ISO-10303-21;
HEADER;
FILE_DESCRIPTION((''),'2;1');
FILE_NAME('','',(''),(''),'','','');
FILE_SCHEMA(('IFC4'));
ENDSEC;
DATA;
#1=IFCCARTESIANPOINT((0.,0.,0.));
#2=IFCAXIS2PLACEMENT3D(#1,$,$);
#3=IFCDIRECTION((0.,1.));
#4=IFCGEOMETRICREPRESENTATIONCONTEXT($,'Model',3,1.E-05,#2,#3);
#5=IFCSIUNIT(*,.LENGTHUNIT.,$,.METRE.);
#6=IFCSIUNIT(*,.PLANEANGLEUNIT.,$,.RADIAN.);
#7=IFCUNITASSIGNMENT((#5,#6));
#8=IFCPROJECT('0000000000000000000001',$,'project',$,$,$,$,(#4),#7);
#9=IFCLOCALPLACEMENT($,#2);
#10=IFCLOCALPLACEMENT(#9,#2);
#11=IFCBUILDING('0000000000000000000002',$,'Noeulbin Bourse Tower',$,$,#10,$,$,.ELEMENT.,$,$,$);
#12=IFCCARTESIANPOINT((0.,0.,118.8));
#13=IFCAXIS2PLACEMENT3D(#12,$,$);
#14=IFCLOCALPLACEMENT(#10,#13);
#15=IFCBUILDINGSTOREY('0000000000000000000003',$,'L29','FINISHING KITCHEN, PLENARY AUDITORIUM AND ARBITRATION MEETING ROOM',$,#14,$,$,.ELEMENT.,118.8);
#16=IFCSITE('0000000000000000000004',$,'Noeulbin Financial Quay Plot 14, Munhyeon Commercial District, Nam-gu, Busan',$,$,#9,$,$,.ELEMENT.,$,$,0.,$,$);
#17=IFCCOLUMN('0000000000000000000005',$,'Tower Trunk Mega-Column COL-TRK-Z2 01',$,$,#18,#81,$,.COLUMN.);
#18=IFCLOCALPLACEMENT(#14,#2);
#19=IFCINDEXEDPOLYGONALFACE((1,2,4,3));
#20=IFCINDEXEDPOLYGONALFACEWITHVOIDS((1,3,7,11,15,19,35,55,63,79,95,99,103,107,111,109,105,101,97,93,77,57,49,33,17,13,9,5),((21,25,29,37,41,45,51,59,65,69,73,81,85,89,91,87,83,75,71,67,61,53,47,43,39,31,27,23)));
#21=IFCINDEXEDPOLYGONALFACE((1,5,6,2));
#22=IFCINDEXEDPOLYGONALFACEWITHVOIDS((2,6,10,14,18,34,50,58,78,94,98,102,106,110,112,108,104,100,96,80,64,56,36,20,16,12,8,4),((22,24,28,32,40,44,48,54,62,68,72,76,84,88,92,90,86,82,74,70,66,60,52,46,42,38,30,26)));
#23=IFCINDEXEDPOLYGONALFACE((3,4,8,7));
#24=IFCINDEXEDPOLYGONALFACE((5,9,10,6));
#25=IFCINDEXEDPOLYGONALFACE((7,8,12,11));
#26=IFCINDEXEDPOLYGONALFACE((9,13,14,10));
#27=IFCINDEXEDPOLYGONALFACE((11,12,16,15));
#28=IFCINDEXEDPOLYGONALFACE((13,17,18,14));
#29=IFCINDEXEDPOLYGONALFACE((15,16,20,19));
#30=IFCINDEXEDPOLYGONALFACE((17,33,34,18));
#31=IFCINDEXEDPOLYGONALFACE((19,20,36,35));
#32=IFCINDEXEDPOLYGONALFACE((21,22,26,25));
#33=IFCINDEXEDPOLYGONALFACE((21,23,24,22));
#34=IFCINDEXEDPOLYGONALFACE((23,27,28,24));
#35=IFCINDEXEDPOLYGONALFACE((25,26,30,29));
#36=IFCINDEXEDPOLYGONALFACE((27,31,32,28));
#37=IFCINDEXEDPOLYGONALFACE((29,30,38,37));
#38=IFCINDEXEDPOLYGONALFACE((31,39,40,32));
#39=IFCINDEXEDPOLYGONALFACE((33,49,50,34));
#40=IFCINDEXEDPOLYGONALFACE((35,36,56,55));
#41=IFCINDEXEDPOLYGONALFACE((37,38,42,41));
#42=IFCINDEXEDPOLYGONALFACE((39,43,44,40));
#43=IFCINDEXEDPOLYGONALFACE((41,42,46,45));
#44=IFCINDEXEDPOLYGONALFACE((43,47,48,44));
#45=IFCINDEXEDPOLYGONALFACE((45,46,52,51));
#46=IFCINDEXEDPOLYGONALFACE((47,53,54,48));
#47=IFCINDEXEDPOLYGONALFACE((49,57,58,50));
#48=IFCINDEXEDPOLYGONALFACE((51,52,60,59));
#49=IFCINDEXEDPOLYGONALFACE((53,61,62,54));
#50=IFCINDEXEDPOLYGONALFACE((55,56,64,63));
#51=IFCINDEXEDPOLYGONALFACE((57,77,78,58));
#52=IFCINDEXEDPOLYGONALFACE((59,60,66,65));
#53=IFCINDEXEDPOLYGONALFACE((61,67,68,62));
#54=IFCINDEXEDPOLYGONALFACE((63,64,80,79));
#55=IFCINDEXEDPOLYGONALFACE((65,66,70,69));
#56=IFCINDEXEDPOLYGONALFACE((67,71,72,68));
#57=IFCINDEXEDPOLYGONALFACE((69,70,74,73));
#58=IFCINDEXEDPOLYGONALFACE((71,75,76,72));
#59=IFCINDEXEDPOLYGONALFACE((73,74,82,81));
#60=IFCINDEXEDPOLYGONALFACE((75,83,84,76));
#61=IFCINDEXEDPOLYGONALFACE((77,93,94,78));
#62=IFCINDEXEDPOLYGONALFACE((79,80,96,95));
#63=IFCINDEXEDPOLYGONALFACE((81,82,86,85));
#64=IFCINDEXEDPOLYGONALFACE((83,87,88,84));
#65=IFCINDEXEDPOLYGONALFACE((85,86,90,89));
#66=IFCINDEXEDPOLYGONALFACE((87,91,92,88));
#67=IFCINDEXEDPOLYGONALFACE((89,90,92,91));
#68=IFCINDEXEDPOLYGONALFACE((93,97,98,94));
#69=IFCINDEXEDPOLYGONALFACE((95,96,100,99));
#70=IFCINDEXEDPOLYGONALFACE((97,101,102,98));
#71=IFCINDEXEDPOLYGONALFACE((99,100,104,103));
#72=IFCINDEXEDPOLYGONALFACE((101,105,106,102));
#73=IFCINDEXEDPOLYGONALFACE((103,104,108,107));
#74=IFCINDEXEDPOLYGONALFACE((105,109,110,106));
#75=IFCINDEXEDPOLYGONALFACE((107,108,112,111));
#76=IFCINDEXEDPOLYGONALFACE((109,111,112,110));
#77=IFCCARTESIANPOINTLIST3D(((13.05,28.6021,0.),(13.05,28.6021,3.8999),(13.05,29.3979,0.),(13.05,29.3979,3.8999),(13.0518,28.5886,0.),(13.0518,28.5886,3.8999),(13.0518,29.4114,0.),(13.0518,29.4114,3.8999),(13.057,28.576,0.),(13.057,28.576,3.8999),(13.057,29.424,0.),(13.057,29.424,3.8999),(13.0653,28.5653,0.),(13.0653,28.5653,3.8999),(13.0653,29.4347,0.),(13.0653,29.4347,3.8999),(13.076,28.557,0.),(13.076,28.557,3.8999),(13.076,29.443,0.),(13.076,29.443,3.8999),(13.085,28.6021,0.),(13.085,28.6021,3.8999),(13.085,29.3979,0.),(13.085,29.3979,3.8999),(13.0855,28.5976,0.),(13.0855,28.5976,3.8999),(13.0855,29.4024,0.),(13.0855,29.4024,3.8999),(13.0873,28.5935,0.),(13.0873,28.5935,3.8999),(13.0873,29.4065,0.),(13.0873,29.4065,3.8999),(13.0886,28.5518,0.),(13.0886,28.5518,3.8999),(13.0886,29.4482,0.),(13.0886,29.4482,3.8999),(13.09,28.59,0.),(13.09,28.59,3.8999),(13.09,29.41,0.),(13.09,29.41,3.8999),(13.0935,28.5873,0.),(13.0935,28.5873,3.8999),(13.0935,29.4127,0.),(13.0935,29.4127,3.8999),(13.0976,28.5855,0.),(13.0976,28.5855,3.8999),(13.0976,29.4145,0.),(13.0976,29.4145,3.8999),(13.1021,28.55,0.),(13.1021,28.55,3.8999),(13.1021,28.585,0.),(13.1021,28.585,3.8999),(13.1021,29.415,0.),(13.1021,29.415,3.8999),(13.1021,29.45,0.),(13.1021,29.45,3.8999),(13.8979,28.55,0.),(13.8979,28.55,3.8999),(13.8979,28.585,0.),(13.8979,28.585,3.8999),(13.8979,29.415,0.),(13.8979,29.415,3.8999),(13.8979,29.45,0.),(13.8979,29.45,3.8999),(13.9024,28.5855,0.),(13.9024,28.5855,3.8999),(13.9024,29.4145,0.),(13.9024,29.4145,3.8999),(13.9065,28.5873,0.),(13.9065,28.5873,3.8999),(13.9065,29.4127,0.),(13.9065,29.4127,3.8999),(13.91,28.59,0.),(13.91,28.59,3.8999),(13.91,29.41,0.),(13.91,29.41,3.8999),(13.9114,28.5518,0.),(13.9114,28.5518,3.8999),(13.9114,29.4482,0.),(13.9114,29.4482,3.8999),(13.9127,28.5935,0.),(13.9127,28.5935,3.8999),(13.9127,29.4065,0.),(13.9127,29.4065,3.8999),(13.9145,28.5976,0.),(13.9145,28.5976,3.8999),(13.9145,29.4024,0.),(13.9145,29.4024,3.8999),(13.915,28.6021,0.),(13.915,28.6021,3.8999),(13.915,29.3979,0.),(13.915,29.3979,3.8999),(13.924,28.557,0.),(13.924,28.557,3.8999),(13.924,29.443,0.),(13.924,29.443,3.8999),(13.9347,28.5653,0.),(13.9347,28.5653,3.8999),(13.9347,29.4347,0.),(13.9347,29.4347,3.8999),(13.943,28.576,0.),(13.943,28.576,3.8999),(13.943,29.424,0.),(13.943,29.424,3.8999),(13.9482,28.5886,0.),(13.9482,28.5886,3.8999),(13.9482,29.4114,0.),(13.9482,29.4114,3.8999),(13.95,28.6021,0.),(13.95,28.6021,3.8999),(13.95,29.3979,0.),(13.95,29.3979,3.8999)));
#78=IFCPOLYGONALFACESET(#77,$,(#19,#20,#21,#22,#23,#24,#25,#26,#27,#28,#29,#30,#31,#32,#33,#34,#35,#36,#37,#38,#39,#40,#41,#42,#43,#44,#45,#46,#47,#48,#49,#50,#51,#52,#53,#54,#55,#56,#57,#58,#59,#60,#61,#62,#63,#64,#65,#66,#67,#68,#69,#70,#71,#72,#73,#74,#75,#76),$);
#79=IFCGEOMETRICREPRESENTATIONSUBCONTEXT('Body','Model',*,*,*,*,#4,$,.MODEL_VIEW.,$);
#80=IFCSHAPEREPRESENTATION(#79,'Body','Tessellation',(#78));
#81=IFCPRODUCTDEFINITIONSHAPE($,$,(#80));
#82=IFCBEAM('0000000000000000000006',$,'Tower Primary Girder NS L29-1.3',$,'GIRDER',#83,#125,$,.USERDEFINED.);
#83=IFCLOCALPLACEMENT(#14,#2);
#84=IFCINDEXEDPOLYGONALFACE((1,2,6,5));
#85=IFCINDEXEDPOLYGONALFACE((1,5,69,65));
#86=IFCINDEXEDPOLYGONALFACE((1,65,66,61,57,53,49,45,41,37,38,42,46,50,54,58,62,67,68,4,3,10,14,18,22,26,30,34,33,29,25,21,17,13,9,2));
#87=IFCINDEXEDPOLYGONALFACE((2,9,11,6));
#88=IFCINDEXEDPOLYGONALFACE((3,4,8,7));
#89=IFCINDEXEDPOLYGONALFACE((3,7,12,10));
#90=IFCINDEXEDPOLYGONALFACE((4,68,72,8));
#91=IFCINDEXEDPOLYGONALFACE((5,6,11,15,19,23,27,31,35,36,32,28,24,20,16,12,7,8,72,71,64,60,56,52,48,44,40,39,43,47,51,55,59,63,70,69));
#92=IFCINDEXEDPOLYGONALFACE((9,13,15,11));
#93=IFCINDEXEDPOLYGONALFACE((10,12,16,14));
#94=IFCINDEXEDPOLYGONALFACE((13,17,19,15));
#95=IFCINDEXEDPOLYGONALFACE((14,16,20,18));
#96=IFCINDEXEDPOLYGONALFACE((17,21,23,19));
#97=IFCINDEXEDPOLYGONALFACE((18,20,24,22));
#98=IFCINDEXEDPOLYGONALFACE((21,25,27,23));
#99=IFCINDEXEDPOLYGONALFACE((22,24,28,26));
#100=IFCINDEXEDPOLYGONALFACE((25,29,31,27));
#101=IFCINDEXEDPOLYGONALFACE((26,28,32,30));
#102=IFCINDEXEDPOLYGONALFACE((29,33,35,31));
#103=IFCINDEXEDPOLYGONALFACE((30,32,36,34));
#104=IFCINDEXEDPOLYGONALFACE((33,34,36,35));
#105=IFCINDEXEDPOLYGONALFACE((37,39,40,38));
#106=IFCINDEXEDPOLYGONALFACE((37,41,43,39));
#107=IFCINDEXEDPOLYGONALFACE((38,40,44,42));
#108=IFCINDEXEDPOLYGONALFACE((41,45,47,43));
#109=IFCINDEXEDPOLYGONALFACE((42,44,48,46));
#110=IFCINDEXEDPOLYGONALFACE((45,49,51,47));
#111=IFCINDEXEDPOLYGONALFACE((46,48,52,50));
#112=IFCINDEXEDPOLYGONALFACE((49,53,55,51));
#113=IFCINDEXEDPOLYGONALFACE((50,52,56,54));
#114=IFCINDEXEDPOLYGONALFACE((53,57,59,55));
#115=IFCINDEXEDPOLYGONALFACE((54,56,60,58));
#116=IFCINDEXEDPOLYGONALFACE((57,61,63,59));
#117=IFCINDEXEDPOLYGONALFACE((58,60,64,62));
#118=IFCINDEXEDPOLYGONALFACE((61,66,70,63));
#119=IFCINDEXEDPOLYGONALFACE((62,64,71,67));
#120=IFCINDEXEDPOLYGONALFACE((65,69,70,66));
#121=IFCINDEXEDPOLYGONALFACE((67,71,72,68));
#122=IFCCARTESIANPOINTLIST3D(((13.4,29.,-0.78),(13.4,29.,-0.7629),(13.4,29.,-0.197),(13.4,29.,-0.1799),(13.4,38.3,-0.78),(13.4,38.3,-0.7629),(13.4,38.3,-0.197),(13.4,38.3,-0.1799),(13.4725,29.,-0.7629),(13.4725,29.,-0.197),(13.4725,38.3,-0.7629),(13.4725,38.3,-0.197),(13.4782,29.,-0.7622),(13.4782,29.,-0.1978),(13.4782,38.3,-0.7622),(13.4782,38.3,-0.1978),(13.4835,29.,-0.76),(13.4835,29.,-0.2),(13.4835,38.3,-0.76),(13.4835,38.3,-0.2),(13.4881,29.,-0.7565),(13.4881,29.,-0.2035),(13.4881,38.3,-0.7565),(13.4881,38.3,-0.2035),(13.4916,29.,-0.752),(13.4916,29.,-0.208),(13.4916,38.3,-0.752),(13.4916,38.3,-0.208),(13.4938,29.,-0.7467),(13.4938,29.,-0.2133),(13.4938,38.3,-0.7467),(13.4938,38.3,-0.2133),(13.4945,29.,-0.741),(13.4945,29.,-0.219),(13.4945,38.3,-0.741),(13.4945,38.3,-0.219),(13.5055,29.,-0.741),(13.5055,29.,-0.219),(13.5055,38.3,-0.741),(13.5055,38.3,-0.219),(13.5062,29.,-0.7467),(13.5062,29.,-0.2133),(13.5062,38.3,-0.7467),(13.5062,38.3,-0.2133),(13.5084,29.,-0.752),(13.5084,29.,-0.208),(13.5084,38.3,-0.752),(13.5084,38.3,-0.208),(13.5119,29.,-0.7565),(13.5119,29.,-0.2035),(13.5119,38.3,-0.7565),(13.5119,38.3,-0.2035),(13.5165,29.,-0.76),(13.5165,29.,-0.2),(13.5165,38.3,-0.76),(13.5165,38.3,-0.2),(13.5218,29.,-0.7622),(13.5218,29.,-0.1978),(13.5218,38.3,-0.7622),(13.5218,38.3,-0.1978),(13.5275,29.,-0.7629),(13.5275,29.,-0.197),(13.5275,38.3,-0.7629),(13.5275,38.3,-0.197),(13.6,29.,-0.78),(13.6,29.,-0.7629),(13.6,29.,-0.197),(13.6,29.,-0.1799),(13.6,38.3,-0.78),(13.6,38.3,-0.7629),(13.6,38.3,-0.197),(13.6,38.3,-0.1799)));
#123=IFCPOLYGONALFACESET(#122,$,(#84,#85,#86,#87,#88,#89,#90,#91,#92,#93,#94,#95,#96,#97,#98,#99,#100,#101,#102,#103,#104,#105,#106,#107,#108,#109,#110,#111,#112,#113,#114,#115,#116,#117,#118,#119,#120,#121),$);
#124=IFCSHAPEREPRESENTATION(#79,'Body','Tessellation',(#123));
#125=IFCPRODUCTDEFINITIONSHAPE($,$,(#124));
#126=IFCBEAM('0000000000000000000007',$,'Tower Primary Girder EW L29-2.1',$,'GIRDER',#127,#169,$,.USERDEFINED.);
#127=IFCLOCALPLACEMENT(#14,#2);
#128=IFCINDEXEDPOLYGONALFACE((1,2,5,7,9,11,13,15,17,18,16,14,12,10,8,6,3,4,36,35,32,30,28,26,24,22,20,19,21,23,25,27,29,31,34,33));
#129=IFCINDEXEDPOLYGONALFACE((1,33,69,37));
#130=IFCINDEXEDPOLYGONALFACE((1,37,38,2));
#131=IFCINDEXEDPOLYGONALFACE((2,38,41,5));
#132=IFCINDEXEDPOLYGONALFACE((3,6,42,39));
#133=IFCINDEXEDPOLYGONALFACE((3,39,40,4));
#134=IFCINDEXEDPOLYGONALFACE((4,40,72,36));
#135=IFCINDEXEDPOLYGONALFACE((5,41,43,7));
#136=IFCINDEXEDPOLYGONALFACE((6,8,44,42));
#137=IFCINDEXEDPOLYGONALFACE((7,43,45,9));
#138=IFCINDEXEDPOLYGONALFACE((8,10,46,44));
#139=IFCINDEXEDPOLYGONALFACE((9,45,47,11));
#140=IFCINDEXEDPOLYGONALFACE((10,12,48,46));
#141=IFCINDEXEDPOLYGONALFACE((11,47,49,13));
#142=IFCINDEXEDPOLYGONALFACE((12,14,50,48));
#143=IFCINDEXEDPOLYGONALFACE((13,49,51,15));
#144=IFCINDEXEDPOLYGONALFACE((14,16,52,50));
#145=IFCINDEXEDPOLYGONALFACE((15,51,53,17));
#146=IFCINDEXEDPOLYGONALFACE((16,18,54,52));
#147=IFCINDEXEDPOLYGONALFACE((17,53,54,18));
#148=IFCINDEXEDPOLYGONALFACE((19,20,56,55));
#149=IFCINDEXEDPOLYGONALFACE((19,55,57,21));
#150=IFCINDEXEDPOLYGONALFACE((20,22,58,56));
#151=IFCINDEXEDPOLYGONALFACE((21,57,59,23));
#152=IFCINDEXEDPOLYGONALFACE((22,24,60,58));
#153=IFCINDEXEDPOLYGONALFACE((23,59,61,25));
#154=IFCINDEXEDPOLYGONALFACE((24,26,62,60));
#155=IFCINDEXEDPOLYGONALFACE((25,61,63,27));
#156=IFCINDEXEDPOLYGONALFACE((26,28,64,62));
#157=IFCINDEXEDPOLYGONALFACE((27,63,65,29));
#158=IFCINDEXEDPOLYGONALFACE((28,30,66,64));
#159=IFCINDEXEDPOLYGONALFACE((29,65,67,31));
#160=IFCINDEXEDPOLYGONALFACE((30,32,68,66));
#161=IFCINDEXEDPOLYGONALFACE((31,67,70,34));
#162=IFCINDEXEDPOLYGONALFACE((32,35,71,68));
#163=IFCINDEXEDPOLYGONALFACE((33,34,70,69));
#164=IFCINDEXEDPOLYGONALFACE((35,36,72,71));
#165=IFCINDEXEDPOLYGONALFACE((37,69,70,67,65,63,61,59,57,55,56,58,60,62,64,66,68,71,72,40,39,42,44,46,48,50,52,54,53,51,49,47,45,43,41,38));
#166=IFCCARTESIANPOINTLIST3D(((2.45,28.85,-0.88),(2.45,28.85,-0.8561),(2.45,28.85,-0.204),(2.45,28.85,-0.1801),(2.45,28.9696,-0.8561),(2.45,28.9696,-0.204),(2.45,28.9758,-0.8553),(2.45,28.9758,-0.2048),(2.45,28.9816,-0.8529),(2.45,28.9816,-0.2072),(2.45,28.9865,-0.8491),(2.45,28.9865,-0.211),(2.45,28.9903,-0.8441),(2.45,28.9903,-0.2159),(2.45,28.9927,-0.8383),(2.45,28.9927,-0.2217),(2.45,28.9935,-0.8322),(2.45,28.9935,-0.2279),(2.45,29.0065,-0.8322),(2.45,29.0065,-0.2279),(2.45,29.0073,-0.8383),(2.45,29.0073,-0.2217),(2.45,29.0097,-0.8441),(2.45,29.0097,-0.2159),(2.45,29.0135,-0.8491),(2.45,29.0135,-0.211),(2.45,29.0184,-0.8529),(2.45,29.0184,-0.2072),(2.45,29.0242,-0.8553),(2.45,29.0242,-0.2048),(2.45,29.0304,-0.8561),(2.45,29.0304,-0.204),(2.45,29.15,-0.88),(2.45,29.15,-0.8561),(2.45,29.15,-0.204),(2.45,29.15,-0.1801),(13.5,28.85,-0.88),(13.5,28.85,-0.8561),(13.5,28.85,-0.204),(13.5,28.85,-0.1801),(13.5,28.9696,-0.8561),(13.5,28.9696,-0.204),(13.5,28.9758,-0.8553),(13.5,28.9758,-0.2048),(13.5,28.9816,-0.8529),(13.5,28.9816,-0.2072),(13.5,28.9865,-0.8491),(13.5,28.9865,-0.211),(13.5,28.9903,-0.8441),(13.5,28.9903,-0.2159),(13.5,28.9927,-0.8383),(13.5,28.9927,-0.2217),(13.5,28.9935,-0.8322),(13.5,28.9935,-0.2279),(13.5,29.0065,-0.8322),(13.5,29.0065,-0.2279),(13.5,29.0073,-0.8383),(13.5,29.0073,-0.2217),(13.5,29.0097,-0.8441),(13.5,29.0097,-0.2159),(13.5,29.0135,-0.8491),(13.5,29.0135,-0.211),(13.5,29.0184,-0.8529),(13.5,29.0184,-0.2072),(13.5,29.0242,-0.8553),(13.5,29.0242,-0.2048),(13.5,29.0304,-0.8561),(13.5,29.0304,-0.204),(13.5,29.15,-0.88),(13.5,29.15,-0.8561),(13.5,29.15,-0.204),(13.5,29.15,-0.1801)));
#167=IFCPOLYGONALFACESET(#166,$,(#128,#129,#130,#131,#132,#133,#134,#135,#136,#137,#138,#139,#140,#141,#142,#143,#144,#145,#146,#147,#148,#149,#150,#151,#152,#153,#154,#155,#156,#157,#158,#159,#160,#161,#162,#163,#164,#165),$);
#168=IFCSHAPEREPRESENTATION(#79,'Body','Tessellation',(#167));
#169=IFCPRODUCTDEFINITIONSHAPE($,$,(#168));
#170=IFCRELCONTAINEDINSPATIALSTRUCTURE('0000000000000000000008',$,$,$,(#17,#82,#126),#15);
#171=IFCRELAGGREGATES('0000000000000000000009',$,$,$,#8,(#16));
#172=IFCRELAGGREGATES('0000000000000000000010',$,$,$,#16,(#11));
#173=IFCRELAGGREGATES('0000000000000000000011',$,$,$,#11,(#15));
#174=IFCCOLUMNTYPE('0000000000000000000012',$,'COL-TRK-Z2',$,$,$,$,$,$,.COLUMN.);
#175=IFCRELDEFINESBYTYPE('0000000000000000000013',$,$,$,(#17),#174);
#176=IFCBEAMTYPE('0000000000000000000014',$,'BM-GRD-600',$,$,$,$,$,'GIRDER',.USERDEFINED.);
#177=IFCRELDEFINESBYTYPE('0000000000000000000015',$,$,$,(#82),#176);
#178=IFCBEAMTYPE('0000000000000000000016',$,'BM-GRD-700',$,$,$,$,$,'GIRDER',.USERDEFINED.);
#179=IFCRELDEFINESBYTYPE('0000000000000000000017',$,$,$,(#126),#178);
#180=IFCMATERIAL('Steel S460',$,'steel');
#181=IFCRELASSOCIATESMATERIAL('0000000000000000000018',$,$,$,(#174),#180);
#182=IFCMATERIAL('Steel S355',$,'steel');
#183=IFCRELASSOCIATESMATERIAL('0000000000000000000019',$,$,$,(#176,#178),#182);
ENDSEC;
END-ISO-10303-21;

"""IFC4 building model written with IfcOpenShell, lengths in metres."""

from ifc_helpers import new_model, si_unit, direction, frame, origin, origin_2d, place, context, subcontext, project, spatial, hollow_rectangle, i_section, extrude, material, material_profile, profile_set, type_object, element, save


model = new_model("IFC4")

# Units and contexts
model_context = context("Model", 3, precision=1e-05, world=origin(), true_north=direction((0.0, 1.0)))
body_context = subcontext(model_context, "Body", "Model", "MODEL_VIEW")
ifc_project = project(units=[si_unit("LENGTHUNIT", "METRE"), si_unit("PLANEANGLEUNIT", "RADIAN")], contexts=[model_context])

# Site, building, storey
site_placement = place(None, origin())
site = spatial("IfcSite", under=ifc_project, at=site_placement, Name="Noeulbin Financial Quay Plot 14, Munhyeon Commercial District, Nam-gu, Busan", CompositionType="ELEMENT", RefElevation=0.0)
building_placement = place(site_placement, origin())
building = spatial("IfcBuilding", under=site, at=building_placement, Name="Noeulbin Bourse Tower", CompositionType="ELEMENT")
storey_placement = place(building_placement, frame((0.0, 0.0, 118.8)))
storey = spatial("IfcBuildingStorey", under=building, at=storey_placement, Name="L29", Description="FINISHING KITCHEN, PLENARY AUDITORIUM AND ARBITRATION MEETING ROOM", CompositionType="ELEMENT", Elevation=118.8)

# Column
ifc_material_1 = material(Name="Steel S460", Category="steel")
ifc_material_profile_1 = material_profile(ifc_material_1, hollow_rectangle(XDim=0.8999, YDim=0.8999, WallThickness=0.0349, InnerFilletRadius=0.0171, OuterFilletRadius=0.052, at=origin_2d()), Name="BOX-900x900x35", Category="LoadBearing")
ifc_profile_set_1 = profile_set([ifc_material_profile_1], Name="Steel S460")
column_type = type_object("IfcColumnType", Name="COL-TRK-Z2", PredefinedType="COLUMN", material=ifc_profile_set_1)
column_placement = place(storey_placement, frame((13.5, 29.0, 0.0), z_axis=(0.0, 0.0, 1.0), x_axis=(1.0, 0.0, 0.0)))
element("IfcColumn", 1, at=column_placement, inside=storey, type_object=column_type, Name="Tower Trunk Mega-Column COL-TRK-Z2 01", PredefinedType="COLUMN", context=body_context, shape_type="SweptSolid", body=[
    extrude(hollow_rectangle(XDim=0.8999, YDim=0.8999, WallThickness=0.0349, InnerFilletRadius=0.0171, OuterFilletRadius=0.052, at=origin_2d()), origin(), (0.0, 0.0, 1.0), 3.8999),
])

# Beams
ifc_material_2 = material(Name="Steel S355", Category="steel")
ifc_material_profile_2 = material_profile(ifc_material_2, i_section(OverallWidth=0.2, OverallDepth=0.6001, WebThickness=0.011, FlangeThickness=0.0171, FilletRadius=0.022, at=origin_2d()), Name="H-600x200x11x17", Category="LoadBearing")
ifc_profile_set_2 = profile_set([ifc_material_profile_2], Name="Steel S355")
beam_type_1 = type_object("IfcBeamType", Name="BM-GRD-600", ElementType="GIRDER", PredefinedType="USERDEFINED", material=ifc_profile_set_2)
beam_1_placement = place(storey_placement, frame((13.5, 29.0, -0.48), z_axis=(0.0, 1.0, 0.0), x_axis=(-1.0, 0.0, 0.0)))
element("IfcBeam", 2, at=beam_1_placement, inside=storey, type_object=beam_type_1, Name="Tower Primary Girder NS L29-1.3", ObjectType="GIRDER", PredefinedType="USERDEFINED", context=body_context, shape_type="SweptSolid", body=[
    extrude(i_section(OverallWidth=0.2, OverallDepth=0.6001, WebThickness=0.011, FlangeThickness=0.0171, FilletRadius=0.022, at=origin_2d()), origin(), (0.0, 0.0, 1.0), 9.3),
])
ifc_material_profile_3 = material_profile(ifc_material_2, i_section(OverallWidth=0.3, OverallDepth=0.7, WebThickness=0.0129, FlangeThickness=0.0239, FilletRadius=0.0239, at=origin_2d()), Name="H-700x300x13x24", Category="LoadBearing")
ifc_profile_set_3 = profile_set([ifc_material_profile_3], Name="Steel S355")
beam_type_2 = type_object("IfcBeamType", Name="BM-GRD-700", ElementType="GIRDER", PredefinedType="USERDEFINED", material=ifc_profile_set_3)
beam_2_placement = place(storey_placement, frame((2.45, 29.0, -0.53), z_axis=(1.0, 0.0, 0.0), x_axis=(0.0, 1.0, 0.0)))
element("IfcBeam", 3, at=beam_2_placement, inside=storey, type_object=beam_type_2, Name="Tower Primary Girder EW L29-2.1", ObjectType="GIRDER", PredefinedType="USERDEFINED", context=body_context, shape_type="SweptSolid", body=[
    extrude(i_section(OverallWidth=0.3, OverallDepth=0.7, WebThickness=0.0129, FlangeThickness=0.0239, FilletRadius=0.0239, at=origin_2d()), origin(), (0.0, 0.0, 1.0), 11.05),
])

save(model, "model.ifc")
